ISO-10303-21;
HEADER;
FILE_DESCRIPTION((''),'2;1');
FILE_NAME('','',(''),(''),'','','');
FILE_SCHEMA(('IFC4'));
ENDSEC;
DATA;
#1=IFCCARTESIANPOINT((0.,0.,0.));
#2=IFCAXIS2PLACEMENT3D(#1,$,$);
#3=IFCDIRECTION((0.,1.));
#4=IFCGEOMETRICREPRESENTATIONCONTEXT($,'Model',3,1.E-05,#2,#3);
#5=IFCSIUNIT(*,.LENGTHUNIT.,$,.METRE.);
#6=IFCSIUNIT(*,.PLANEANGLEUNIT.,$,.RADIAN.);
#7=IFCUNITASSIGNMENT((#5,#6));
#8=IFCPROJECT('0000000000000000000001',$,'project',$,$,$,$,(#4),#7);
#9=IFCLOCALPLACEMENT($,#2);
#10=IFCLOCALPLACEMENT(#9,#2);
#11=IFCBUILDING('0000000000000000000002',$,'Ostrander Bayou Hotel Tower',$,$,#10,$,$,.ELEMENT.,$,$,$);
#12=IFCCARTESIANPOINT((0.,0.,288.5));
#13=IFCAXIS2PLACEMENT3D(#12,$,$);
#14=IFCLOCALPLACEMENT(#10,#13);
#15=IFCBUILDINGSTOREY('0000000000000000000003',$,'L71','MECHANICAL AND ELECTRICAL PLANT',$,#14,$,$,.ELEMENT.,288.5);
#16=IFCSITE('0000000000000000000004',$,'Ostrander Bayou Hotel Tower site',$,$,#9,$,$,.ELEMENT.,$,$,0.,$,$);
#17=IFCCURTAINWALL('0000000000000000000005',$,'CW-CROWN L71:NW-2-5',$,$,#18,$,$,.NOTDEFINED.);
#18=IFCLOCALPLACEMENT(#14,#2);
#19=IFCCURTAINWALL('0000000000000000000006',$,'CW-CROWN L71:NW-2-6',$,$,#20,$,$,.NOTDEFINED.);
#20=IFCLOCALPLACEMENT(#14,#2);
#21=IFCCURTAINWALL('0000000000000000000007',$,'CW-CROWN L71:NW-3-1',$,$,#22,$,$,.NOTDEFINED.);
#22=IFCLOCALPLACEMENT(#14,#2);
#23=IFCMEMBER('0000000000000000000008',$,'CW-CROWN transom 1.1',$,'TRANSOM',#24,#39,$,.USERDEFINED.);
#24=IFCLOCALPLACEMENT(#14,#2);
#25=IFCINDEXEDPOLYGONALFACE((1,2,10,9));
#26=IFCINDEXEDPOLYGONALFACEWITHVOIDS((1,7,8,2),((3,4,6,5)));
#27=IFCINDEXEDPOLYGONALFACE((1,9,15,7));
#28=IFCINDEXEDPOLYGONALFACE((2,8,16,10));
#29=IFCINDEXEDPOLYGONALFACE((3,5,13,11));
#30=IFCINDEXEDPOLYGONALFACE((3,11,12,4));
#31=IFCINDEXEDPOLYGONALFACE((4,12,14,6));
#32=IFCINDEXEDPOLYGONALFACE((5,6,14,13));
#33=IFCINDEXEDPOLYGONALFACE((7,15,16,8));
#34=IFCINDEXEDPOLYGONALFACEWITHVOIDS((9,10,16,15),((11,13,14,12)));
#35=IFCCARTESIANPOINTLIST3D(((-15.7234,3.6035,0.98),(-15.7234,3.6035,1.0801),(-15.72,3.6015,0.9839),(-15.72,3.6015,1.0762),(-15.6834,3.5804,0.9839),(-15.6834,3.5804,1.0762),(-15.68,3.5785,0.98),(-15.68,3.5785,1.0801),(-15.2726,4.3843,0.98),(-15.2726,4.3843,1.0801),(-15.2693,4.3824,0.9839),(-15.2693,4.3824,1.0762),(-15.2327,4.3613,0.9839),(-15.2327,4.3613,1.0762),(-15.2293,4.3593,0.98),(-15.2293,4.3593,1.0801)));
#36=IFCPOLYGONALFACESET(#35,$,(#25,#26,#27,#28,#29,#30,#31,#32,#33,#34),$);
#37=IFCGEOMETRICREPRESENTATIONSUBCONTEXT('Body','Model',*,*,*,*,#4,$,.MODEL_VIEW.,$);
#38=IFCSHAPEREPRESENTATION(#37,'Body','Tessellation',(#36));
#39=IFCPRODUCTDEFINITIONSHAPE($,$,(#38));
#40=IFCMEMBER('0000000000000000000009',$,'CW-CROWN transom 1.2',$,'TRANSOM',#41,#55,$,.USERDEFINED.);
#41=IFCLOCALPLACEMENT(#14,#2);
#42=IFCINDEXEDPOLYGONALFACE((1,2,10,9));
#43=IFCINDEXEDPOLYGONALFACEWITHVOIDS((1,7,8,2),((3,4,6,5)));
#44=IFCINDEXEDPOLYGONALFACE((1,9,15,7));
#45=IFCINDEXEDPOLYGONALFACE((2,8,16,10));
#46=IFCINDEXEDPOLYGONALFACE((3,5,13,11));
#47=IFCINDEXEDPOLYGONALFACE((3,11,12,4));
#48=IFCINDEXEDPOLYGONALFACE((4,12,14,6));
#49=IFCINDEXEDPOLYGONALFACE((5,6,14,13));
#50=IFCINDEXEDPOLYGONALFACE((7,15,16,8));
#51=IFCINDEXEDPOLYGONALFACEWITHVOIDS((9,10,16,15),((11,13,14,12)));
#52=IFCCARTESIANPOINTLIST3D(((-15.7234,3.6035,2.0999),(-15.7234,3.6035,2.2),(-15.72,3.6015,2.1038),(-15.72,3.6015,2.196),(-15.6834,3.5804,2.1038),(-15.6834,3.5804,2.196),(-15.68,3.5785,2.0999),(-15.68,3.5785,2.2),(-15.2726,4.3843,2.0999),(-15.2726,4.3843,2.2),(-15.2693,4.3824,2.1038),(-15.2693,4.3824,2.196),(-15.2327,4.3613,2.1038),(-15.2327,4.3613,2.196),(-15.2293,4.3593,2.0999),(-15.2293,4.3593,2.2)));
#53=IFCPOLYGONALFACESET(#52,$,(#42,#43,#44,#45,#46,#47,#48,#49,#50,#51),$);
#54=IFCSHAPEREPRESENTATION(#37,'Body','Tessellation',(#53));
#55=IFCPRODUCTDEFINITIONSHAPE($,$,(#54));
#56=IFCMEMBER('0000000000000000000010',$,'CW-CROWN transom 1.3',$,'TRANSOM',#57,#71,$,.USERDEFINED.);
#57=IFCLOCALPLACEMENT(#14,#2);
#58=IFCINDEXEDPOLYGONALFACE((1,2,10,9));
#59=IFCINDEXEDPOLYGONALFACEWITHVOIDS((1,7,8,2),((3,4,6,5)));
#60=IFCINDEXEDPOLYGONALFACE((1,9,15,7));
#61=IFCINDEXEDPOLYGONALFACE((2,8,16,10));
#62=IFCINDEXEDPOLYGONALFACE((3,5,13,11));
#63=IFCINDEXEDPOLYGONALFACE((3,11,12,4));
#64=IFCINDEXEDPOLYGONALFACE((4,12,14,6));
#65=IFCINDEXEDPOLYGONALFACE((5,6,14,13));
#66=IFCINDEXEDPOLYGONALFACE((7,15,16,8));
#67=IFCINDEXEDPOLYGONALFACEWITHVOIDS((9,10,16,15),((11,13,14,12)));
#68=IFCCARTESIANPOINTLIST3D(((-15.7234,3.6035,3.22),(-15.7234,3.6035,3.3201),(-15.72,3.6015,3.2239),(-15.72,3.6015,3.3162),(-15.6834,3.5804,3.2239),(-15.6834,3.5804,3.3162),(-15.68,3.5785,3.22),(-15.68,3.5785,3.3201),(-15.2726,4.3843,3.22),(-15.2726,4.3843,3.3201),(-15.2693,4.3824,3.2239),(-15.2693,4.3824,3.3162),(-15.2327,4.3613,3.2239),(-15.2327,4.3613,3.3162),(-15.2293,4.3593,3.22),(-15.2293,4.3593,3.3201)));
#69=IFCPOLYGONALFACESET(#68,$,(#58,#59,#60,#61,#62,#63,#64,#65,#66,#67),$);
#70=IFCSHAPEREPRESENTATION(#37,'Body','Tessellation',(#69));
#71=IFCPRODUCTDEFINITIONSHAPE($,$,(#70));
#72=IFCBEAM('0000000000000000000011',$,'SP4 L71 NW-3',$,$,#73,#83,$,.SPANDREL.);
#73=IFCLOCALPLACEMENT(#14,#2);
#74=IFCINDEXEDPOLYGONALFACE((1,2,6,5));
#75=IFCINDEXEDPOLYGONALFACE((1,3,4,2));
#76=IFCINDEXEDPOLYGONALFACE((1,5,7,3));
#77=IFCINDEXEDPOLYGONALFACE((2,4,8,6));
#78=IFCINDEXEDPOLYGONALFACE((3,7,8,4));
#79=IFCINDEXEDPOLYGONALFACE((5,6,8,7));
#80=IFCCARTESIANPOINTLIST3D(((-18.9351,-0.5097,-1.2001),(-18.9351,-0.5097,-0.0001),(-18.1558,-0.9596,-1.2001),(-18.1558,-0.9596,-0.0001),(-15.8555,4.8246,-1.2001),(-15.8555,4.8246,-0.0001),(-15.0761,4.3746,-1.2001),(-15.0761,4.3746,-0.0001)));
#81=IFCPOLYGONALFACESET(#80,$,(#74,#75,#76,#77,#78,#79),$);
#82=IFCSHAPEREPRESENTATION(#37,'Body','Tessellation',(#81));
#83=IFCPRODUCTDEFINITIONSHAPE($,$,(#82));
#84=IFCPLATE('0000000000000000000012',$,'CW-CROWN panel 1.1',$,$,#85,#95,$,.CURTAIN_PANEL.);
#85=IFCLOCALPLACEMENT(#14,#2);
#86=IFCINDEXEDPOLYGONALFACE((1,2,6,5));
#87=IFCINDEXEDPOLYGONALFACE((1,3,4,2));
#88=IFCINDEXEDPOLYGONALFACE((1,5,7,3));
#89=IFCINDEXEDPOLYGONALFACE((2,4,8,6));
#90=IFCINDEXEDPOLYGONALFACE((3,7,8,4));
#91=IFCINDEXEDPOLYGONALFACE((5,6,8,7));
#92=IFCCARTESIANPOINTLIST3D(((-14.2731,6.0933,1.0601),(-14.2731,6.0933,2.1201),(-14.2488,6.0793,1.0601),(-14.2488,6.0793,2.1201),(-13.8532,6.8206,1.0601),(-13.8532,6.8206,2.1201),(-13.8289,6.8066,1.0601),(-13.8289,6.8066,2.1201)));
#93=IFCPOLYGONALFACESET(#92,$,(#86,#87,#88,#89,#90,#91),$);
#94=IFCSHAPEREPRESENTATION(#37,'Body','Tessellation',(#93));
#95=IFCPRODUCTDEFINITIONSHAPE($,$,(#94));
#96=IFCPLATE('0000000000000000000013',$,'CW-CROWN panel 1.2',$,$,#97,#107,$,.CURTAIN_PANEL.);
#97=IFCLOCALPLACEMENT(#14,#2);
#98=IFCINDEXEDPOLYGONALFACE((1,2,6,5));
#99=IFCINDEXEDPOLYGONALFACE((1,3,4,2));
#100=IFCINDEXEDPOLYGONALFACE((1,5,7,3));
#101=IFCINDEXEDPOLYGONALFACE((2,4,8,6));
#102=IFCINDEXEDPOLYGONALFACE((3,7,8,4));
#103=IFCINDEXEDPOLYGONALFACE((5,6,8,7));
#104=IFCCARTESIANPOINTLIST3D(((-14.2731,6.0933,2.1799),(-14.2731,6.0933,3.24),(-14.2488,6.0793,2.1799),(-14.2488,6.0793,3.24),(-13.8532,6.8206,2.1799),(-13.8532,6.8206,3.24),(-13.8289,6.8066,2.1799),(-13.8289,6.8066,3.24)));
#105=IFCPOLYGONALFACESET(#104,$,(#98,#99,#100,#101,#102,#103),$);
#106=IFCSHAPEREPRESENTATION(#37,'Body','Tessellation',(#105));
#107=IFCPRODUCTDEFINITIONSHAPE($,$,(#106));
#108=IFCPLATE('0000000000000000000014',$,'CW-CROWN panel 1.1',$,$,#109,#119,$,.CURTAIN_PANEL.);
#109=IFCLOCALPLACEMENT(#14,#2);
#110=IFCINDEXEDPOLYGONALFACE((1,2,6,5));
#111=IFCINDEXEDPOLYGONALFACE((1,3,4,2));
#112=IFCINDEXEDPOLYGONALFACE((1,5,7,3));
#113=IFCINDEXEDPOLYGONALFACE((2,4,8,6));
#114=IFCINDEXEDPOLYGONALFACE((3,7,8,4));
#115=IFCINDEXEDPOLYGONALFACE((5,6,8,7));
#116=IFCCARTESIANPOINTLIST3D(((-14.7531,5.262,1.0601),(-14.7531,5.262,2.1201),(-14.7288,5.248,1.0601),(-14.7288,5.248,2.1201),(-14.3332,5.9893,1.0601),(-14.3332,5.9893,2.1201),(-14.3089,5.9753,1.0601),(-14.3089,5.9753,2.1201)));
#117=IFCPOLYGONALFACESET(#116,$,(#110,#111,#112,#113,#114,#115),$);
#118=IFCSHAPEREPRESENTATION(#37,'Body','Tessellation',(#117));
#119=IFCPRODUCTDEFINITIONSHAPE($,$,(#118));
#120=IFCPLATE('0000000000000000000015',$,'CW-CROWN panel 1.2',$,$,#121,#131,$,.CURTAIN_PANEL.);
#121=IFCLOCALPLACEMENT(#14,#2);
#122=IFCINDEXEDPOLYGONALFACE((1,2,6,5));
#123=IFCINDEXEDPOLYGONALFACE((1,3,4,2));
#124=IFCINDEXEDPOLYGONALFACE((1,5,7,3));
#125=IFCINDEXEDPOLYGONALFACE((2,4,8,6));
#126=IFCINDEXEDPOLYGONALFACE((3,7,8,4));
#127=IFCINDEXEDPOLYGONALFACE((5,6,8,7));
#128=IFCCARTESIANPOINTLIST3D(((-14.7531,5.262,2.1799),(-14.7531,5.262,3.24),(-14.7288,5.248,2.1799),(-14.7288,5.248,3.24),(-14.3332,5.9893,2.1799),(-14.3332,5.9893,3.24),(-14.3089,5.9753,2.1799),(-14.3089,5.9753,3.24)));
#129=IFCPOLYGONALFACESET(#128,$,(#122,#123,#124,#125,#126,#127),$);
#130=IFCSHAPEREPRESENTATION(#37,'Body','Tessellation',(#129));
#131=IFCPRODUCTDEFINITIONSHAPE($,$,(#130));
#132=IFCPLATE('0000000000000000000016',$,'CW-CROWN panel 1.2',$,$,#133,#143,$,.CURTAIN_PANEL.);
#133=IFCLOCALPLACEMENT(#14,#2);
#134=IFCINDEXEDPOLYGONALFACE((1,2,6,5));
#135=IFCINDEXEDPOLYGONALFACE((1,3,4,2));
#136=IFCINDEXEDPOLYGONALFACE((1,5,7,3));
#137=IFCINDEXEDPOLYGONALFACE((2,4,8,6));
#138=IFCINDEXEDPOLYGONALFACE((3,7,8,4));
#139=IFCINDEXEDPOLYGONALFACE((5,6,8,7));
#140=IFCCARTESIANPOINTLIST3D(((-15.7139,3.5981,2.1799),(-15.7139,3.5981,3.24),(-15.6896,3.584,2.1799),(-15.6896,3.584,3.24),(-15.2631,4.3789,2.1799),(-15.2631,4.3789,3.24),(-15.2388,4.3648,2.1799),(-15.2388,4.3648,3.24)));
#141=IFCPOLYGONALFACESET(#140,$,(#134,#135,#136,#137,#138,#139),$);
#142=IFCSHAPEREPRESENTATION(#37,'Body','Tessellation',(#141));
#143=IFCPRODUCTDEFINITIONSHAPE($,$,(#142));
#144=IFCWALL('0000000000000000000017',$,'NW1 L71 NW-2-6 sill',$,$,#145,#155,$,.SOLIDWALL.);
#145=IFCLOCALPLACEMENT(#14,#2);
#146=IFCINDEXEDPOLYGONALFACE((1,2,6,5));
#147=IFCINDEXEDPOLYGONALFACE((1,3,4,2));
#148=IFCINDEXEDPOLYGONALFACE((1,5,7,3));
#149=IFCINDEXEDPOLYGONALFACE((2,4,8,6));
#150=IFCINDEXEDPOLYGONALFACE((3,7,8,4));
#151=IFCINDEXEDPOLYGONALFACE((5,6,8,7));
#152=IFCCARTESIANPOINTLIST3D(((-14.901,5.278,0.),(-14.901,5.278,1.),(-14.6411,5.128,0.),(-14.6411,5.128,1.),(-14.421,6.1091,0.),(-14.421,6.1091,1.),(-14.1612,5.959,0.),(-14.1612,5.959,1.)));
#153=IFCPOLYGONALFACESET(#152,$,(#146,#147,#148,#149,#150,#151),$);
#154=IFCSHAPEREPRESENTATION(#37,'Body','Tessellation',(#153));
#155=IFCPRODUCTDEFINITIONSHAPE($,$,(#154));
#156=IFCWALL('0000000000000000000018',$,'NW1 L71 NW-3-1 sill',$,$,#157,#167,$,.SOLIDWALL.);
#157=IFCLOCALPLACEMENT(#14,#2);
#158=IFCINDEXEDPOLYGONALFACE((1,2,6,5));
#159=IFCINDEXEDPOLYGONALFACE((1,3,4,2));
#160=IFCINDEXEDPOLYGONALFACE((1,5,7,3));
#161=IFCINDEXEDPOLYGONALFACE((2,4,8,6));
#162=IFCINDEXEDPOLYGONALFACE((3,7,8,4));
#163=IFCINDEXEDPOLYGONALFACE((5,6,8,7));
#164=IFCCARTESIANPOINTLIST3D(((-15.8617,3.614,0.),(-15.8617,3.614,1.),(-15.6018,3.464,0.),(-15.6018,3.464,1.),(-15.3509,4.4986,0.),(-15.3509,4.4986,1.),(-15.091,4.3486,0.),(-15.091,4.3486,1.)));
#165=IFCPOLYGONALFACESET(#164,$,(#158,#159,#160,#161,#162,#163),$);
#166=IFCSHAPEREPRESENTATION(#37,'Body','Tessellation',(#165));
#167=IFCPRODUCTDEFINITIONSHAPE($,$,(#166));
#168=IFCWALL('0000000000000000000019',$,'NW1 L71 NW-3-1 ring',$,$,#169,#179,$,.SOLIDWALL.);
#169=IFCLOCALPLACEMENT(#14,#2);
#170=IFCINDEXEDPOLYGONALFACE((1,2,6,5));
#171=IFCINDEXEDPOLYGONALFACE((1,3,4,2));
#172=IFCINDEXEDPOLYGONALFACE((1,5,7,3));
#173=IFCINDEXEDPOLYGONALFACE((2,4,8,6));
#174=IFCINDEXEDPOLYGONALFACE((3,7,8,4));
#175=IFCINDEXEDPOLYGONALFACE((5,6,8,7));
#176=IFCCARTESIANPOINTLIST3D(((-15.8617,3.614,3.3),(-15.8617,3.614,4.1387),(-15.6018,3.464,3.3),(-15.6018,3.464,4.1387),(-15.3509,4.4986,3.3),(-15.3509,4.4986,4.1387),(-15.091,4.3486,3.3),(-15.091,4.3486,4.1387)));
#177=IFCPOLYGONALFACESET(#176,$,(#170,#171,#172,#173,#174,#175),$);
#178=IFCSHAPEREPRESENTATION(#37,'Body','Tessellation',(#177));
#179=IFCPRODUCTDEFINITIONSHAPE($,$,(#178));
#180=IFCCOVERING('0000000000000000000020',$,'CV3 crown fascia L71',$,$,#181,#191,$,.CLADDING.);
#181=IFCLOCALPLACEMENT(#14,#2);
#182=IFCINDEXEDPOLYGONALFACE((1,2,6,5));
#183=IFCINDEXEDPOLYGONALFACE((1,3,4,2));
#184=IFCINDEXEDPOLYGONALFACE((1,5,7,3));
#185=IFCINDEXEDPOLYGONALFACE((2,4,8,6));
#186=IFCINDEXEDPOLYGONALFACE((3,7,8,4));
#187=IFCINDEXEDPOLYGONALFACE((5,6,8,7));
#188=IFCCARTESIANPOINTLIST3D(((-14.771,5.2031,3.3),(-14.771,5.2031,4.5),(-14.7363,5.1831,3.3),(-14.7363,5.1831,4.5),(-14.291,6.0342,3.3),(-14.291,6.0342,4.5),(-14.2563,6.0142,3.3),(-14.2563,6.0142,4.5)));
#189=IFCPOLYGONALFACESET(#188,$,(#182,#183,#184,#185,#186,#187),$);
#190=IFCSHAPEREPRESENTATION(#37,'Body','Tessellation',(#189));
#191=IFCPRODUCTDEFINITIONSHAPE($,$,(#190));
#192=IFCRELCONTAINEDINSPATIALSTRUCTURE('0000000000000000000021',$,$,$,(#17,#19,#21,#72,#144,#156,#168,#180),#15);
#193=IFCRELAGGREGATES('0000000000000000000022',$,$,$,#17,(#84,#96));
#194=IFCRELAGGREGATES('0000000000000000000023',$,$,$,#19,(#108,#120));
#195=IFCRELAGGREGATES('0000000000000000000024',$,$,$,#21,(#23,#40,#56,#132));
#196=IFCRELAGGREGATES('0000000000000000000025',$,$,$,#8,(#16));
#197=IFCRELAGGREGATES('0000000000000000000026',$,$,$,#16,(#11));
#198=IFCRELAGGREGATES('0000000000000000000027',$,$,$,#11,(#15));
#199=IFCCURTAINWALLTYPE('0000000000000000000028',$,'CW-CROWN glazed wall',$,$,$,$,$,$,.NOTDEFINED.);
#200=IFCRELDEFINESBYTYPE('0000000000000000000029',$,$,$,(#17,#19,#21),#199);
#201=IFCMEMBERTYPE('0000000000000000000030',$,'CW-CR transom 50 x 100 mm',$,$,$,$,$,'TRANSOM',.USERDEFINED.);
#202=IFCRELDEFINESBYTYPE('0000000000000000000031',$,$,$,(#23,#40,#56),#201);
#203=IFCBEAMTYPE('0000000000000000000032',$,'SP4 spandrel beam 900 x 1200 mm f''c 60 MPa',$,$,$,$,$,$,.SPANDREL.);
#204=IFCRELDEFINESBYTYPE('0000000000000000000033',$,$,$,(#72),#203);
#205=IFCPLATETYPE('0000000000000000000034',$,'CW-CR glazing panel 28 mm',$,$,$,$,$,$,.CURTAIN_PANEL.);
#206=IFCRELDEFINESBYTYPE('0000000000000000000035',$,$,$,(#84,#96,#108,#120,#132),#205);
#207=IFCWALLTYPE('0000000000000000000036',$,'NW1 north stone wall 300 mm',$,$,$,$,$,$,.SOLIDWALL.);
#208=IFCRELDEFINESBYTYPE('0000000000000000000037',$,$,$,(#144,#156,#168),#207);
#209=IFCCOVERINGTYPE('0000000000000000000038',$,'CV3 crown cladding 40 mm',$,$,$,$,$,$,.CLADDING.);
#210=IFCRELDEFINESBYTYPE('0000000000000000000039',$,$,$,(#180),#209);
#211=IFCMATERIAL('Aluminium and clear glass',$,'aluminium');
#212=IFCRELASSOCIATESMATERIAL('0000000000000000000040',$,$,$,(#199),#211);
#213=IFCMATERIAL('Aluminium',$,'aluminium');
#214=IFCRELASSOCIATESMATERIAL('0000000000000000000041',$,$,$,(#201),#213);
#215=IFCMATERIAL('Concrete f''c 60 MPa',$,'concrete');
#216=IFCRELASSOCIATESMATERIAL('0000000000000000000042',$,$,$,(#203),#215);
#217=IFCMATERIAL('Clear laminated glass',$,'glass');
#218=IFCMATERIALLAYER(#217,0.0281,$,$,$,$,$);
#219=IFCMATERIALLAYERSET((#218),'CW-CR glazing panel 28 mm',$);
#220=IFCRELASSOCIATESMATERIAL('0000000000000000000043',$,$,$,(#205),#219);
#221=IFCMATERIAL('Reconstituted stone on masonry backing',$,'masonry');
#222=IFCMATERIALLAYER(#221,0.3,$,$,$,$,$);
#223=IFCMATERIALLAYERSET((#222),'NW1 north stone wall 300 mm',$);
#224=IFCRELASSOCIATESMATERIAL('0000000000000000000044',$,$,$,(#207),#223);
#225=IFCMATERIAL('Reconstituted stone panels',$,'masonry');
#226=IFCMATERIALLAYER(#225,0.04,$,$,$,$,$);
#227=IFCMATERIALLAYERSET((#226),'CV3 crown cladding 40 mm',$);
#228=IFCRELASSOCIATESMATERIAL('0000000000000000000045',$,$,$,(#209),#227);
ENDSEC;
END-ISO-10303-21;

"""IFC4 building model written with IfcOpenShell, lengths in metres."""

from ifc_helpers import new_model, si_unit, direction, frame, frame_2d, origin, origin_2d, place, context, subcontext, project, spatial, polyline, rectangle, hollow_rectangle, outline, extrude, material, layer, layer_set, material_profile, profile_set, type_object, element, aggregate, save


model = new_model("IFC4")

# Units and contexts
model_context = context("Model", 3, precision=1e-05, world=origin(), true_north=direction((0.0, 1.0)))
body_context = subcontext(model_context, "Body", "Model", "MODEL_VIEW")
ifc_project = project(units=[si_unit("LENGTHUNIT", "METRE"), si_unit("PLANEANGLEUNIT", "RADIAN")], contexts=[model_context])

# Site, building, storey
site_placement = place(None, origin())
site = spatial("IfcSite", under=ifc_project, at=site_placement, Name="Ostrander Bayou Hotel Tower site", CompositionType="ELEMENT", RefElevation=0.0)
building_placement = place(site_placement, origin())
building = spatial("IfcBuilding", under=site, at=building_placement, Name="Ostrander Bayou Hotel Tower", CompositionType="ELEMENT")
storey_placement = place(building_placement, frame((0.0, 0.0, 288.5)))
storey = spatial("IfcBuildingStorey", under=building, at=storey_placement, Name="L71", Description="MECHANICAL AND ELECTRICAL PLANT", CompositionType="ELEMENT", Elevation=288.5)

# Curtain wall
ifc_material_1 = material(Name="Aluminium and clear glass", Category="aluminium")
curtain_wall_type = type_object("IfcCurtainWallType", Name="CW-CROWN glazed wall", PredefinedType="NOTDEFINED", material=ifc_material_1)
curtain_wall_1_placement = place(storey_placement, origin())
curtain_wall_1 = element("IfcCurtainWall", 1, at=curtain_wall_1_placement, inside=storey, type_object=curtain_wall_type, Name="CW-CROWN L71:NW-2-5", PredefinedType="NOTDEFINED")

# Curtain wall
curtain_wall_2_placement = place(storey_placement, origin())
curtain_wall_2 = element("IfcCurtainWall", 2, at=curtain_wall_2_placement, inside=storey, type_object=curtain_wall_type, Name="CW-CROWN L71:NW-2-6", PredefinedType="NOTDEFINED")

# Curtain wall
curtain_wall_3_placement = place(storey_placement, origin())
curtain_wall_3 = element("IfcCurtainWall", 3, at=curtain_wall_3_placement, inside=storey, type_object=curtain_wall_type, Name="CW-CROWN L71:NW-3-1", PredefinedType="NOTDEFINED")

# Members
ifc_material_2 = material(Name="Aluminium", Category="aluminium")
ifc_material_profile_1 = material_profile(ifc_material_2, hollow_rectangle(XDim=0.05, YDim=0.1001, WallThickness=0.0039, at=origin_2d()))
ifc_profile_set_1 = profile_set([ifc_material_profile_1], Name="Aluminium")
member_type_1 = type_object("IfcMemberType", Name="CW-CR transom 50 x 100 mm", ElementType="TRANSOM", PredefinedType="USERDEFINED", material=ifc_profile_set_1)
member_1_placement = place(storey_placement, frame((-15.251, 4.3718, 1.03), z_axis=(-0.499926, -0.866068, 0.0), x_axis=(0.866068, -0.499926, 0.0)))
member_1 = element("IfcMember", 4, at=member_1_placement, type_object=member_type_1, Name="CW-CROWN transom 1.1", ObjectType="TRANSOM", PredefinedType="USERDEFINED", context=body_context, shape_type="SweptSolid", body=[
    extrude(hollow_rectangle(XDim=0.05, YDim=0.1001, WallThickness=0.0039, at=origin_2d()), origin(), (0.0, 0.0, 1.0), 0.9016),
])
member_2_placement = place(storey_placement, frame((-15.251, 4.3718, 2.1499), z_axis=(-0.499926, -0.866068, 0.0), x_axis=(0.866068, -0.499926, 0.0)))
member_2 = element("IfcMember", 5, at=member_2_placement, type_object=member_type_1, Name="CW-CROWN transom 1.2", ObjectType="TRANSOM", PredefinedType="USERDEFINED", context=body_context, shape_type="SweptSolid", body=[
    extrude(hollow_rectangle(XDim=0.05, YDim=0.1001, WallThickness=0.0039, at=origin_2d()), origin(), (0.0, 0.0, 1.0), 0.9016),
])
member_3_placement = place(storey_placement, frame((-15.251, 4.3718, 3.27), z_axis=(-0.499926, -0.866068, 0.0), x_axis=(0.866068, -0.499926, 0.0)))
member_3 = element("IfcMember", 6, at=member_3_placement, type_object=member_type_1, Name="CW-CROWN transom 1.3", ObjectType="TRANSOM", PredefinedType="USERDEFINED", context=body_context, shape_type="SweptSolid", body=[
    extrude(hollow_rectangle(XDim=0.05, YDim=0.1001, WallThickness=0.0039, at=origin_2d()), origin(), (0.0, 0.0, 1.0), 0.9016),
])

# Beam
ifc_material_3 = material(Name="Concrete f'c 60 MPa", Category="concrete")
ifc_material_profile_2 = material_profile(ifc_material_3, rectangle(XDim=0.8999, YDim=1.2, at=origin_2d()))
ifc_profile_set_2 = profile_set([ifc_material_profile_2], Name="Concrete f'c 60 MPa")
beam_type = type_object("IfcBeamType", Name="SP4 spandrel beam 900 x 1200 mm f'c 60 MPa", PredefinedType="SPANDREL", material=ifc_profile_set_2)
beam_placement = place(storey_placement, frame((-15.4658, 4.5996, -0.6001), z_axis=(-0.499984, -0.866034, 0.0), x_axis=(0.866034, -0.499984, 0.0)))
element("IfcBeam", 7, at=beam_placement, inside=storey, type_object=beam_type, Name="SP4 L71 NW-3", PredefinedType="SPANDREL", context=body_context, shape_type="SweptSolid", body=[
    extrude(rectangle(XDim=0.8999, YDim=1.2, at=origin_2d()), origin(), (0.0, 0.0, 1.0), 6.1594),
])

# Plates
ifc_material_4 = material(Name="Clear laminated glass", Category="glass")
ifc_layer_1 = layer(ifc_material_4, 0.0281)
ifc_layer_set_1 = layer_set([ifc_layer_1], Name="CW-CR glazing panel 28 mm")
plate_type = type_object("IfcPlateType", Name="CW-CR glazing panel 28 mm", PredefinedType="CURTAIN_PANEL", material=ifc_layer_set_1)
plate_1_placement = place(storey_placement, frame((-14.051, 6.45, 1.0601), z_axis=(0.0, 0.0, 1.0), x_axis=(-0.500005, -0.866022, 0.0)))
plate_1 = element("IfcPlate", 8, at=plate_1_placement, type_object=plate_type, Name="CW-CROWN panel 1.1", PredefinedType="CURTAIN_PANEL", context=body_context, shape_type="SweptSolid", body=[
    extrude(rectangle(XDim=0.8398, YDim=0.0281, at=origin_2d()), origin(), (0.0, 0.0, 1.0), 1.0601),
])
plate_2_placement = place(storey_placement, frame((-14.051, 6.45, 2.1799), z_axis=(0.0, 0.0, 1.0), x_axis=(-0.500005, -0.866022, 0.0)))
plate_2 = element("IfcPlate", 9, at=plate_2_placement, type_object=plate_type, Name="CW-CROWN panel 1.2", PredefinedType="CURTAIN_PANEL", context=body_context, shape_type="SweptSolid", body=[
    extrude(rectangle(XDim=0.8398, YDim=0.0281, at=origin_2d()), origin(), (0.0, 0.0, 1.0), 1.0601),
])
aggregate(curtain_wall_1, [plate_1, plate_2])
plate_3_placement = place(storey_placement, frame((-14.531, 5.6187, 1.0601), z_axis=(0.0, 0.0, 1.0), x_axis=(-0.500005, -0.866022, 0.0)))
plate_3 = element("IfcPlate", 10, at=plate_3_placement, type_object=plate_type, Name="CW-CROWN panel 1.1", PredefinedType="CURTAIN_PANEL", context=body_context, shape_type="SweptSolid", body=[
    extrude(rectangle(XDim=0.8398, YDim=0.0281, at=origin_2d()), origin(), (0.0, 0.0, 1.0), 1.0601),
])
plate_4_placement = place(storey_placement, frame((-14.531, 5.6187, 2.1799), z_axis=(0.0, 0.0, 1.0), x_axis=(-0.500005, -0.866022, 0.0)))
plate_4 = element("IfcPlate", 11, at=plate_4_placement, type_object=plate_type, Name="CW-CROWN panel 1.2", PredefinedType="CURTAIN_PANEL", context=body_context, shape_type="SweptSolid", body=[
    extrude(rectangle(XDim=0.8398, YDim=0.0281, at=origin_2d()), origin(), (0.0, 0.0, 1.0), 1.0601),
])
aggregate(curtain_wall_2, [plate_3, plate_4])
plate_5_placement = place(storey_placement, frame((-15.4763, 3.9814, 2.1799), z_axis=(0.0, 0.0, 1.0), x_axis=(-0.500013, -0.866018, 0.0)))
plate_5 = element("IfcPlate", 12, at=plate_5_placement, type_object=plate_type, Name="CW-CROWN panel 1.2", PredefinedType="CURTAIN_PANEL", context=body_context, shape_type="SweptSolid", body=[
    extrude(rectangle(XDim=0.9016, YDim=0.0281, at=origin_2d()), origin(), (0.0, 0.0, 1.0), 1.0601),
])
aggregate(curtain_wall_3, [member_1, member_2, member_3, plate_5])

# Walls
ifc_material_5 = material(Name="Reconstituted stone on masonry backing", Category="masonry")
ifc_layer_2 = layer(ifc_material_5, 0.3)
ifc_layer_set_2 = layer_set([ifc_layer_2], Name="NW1 north stone wall 300 mm")
wall_type = type_object("IfcWallType", Name="NW1 north stone wall 300 mm", PredefinedType="SOLIDWALL", material=ifc_layer_set_2)
wall_1_placement = place(storey_placement, frame((-14.291, 6.0342, 0.0), z_axis=(0.0, 0.0, 1.0), x_axis=(-0.500133, -0.865948, 0.0)))
element("IfcWall", 13, at=wall_1_placement, inside=storey, type_object=wall_type, Name="NW1 L71 NW-2-6 sill", PredefinedType="SOLIDWALL", context=body_context, shape_type="SweptSolid", body=[
    extrude(rectangle(XDim=0.9597, YDim=0.3, at=frame_2d((0.48, 0.0))), origin(), (0.0, 0.0, 1.0), 1.0),
])
wall_2_placement = place(storey_placement, frame((-15.2209, 4.4236, 0.0), z_axis=(0.0, 0.0, 1.0), x_axis=(-0.500047, -0.865998, 0.0)))
element("IfcWall", 14, at=wall_2_placement, inside=storey, type_object=wall_type, Name="NW1 L71 NW-3-1 sill", PredefinedType="SOLIDWALL", context=body_context, shape_type="SweptSolid", body=[
    extrude(rectangle(XDim=1.0215, YDim=0.3, at=frame_2d((0.5107, 0.0))), origin(), (0.0, 0.0, 1.0), 1.0),
])
wall_3_placement = place(storey_placement, frame((-15.2209, 4.4236, 3.3), z_axis=(0.0, 0.0, 1.0), x_axis=(-0.500047, -0.865998, 0.0)))
element("IfcWall", 15, at=wall_3_placement, inside=storey, type_object=wall_type, Name="NW1 L71 NW-3-1 ring", PredefinedType="SOLIDWALL", context=body_context, shape_type="SweptSolid", body=[
    extrude(rectangle(XDim=1.0215, YDim=0.3, at=frame_2d((0.5107, 0.0))), origin(), (0.0, 0.0, 1.0), 0.8386),
])

# Covering
ifc_material_6 = material(Name="Reconstituted stone panels", Category="masonry")
ifc_layer_3 = layer(ifc_material_6, 0.04)
ifc_layer_set_3 = layer_set([ifc_layer_3], Name="CV3 crown cladding 40 mm")
covering_type = type_object("IfcCoveringType", Name="CV3 crown cladding 40 mm", PredefinedType="CLADDING", material=ifc_layer_set_3)
covering_1_placement = place(storey_placement, frame((-14.291, 6.0342, 3.3), z_axis=(-0.865948, 0.500133, 0.0), x_axis=(-0.500133, -0.865948, 0.0)))
element("IfcCovering", 16, at=covering_1_placement, inside=storey, type_object=covering_type, Name="CV3 crown fascia L71", PredefinedType="CLADDING", context=body_context, shape_type="SweptSolid", body=[
    extrude(outline(polyline([(0.0, 0.0), (0.9597, 0.0), (0.9597, 1.2), (0.0, 1.2), (0.0, 0.0)])), origin(), (0.0, 0.0, -1.0), 0.04),
])

save(model, "model.ifc")
